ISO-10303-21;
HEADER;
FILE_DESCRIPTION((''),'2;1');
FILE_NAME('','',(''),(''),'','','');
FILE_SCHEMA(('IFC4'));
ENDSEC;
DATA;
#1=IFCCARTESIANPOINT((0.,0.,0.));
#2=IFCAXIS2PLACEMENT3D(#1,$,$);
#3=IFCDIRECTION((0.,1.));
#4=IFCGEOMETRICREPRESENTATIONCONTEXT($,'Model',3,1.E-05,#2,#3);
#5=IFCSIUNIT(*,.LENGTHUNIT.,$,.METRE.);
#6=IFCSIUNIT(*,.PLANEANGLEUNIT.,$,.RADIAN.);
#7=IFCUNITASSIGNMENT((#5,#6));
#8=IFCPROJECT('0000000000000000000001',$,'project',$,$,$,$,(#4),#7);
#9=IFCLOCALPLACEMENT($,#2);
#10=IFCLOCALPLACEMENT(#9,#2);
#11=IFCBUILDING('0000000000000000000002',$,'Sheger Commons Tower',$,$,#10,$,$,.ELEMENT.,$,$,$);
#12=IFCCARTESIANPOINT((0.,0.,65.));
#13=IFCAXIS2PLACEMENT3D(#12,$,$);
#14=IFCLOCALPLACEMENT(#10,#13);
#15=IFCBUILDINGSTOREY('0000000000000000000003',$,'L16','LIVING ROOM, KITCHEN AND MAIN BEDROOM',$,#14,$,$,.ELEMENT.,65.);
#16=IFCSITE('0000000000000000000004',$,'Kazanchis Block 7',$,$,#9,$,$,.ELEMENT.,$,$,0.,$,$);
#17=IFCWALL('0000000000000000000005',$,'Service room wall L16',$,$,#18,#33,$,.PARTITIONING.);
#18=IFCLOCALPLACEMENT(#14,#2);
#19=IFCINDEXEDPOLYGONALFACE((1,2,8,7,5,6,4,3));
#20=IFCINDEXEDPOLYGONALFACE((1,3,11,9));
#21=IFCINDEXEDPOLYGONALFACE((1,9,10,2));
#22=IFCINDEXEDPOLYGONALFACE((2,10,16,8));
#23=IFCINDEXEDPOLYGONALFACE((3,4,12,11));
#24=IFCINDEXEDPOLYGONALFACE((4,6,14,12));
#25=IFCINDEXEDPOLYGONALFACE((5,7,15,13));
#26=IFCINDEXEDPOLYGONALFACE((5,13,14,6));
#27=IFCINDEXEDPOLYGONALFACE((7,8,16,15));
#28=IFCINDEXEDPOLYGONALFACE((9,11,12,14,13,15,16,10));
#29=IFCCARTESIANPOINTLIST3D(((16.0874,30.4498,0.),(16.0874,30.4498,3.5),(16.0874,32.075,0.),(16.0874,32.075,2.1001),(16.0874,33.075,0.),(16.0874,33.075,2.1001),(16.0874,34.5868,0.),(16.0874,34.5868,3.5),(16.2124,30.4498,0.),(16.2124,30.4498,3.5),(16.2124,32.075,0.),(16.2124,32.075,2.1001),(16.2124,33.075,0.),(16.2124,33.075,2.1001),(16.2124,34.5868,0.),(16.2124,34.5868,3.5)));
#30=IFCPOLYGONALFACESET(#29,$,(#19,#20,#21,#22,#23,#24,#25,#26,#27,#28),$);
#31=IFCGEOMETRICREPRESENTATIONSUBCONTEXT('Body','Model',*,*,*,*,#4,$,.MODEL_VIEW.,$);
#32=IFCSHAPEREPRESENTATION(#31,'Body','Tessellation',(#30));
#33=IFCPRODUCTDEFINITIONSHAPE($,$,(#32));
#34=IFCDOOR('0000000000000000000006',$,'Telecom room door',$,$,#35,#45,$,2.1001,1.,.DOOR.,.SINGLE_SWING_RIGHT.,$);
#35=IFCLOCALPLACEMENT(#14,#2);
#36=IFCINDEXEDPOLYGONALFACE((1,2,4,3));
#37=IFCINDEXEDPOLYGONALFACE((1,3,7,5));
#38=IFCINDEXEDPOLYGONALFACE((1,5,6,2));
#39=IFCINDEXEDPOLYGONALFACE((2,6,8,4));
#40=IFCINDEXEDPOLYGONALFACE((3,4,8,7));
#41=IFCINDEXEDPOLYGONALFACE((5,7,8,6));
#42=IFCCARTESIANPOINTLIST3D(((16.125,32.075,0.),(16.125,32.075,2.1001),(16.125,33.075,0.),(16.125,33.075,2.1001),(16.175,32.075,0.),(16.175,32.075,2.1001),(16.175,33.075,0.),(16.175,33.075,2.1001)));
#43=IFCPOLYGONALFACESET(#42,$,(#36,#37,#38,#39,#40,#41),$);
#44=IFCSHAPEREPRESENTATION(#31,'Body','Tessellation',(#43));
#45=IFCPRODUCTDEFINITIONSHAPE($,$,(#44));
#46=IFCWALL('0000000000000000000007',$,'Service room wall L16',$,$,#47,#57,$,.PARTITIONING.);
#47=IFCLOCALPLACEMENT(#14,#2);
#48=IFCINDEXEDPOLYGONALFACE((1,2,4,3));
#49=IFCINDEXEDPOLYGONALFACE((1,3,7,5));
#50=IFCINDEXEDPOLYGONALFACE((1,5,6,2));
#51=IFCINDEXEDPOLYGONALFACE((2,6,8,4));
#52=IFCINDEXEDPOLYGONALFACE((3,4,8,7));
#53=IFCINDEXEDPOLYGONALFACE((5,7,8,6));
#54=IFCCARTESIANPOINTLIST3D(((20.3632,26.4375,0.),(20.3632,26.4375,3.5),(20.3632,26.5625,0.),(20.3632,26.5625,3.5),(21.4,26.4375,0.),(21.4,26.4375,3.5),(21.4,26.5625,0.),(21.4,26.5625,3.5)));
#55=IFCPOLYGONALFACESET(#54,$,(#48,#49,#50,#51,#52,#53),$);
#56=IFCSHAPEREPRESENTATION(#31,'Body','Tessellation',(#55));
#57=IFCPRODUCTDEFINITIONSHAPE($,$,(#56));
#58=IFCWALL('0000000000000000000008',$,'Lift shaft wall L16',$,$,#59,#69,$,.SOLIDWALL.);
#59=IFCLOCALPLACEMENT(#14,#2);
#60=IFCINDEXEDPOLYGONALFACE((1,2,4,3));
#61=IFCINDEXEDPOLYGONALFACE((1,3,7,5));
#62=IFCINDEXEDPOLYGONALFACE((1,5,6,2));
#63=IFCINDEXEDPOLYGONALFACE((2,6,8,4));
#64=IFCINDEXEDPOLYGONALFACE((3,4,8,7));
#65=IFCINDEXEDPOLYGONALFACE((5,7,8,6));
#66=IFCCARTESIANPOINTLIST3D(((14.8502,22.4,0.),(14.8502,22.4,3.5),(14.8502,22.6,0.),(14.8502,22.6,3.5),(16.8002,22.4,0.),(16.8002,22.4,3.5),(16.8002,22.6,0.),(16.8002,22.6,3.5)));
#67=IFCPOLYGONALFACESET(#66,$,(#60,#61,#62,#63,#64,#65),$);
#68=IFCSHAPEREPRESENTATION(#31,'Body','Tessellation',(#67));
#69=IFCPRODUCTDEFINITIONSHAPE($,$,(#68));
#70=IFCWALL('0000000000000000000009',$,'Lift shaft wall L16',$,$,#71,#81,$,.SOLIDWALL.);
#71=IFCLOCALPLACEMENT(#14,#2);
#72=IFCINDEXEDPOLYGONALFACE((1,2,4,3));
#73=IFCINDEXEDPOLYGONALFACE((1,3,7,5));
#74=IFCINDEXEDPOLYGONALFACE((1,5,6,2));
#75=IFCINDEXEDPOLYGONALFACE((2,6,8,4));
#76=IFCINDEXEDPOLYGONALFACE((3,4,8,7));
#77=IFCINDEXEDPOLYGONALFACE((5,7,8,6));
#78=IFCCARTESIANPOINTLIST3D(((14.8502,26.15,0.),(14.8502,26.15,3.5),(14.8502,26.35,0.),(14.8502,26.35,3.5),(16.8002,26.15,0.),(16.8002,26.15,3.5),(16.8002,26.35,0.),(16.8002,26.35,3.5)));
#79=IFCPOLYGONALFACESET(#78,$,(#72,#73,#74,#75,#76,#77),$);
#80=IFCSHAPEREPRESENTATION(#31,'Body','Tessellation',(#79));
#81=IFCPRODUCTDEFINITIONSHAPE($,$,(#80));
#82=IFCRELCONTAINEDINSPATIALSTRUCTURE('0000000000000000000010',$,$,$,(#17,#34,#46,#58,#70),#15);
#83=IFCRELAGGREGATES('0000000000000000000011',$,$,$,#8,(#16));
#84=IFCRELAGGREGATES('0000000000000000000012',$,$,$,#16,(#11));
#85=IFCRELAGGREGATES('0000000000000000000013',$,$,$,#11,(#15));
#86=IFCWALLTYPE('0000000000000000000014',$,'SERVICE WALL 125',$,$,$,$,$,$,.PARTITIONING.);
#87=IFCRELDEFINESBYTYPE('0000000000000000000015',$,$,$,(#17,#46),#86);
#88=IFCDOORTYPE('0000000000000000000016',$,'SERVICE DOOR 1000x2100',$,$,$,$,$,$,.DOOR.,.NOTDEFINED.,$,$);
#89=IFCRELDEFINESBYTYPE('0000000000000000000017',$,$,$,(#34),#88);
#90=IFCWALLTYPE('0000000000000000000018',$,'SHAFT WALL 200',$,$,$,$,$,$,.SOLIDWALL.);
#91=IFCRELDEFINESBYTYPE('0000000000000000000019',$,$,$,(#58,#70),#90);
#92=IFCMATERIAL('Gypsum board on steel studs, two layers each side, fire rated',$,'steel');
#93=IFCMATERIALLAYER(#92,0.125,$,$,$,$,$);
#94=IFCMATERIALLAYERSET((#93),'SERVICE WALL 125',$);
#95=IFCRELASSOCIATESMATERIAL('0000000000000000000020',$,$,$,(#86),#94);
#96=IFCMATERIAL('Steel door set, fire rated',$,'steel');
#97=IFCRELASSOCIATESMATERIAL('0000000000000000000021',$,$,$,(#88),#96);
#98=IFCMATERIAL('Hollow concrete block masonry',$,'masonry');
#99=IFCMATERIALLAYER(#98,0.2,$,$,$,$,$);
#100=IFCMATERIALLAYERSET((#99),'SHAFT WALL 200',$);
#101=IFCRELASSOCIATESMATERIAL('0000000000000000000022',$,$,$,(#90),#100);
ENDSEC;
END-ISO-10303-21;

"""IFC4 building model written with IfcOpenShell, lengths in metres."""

from ifc_helpers import new_model, si_unit, direction, frame, frame_2d, origin, place, context, subcontext, project, spatial, rectangle, extrude, material, layer, layer_set, type_object, element, fill, save


model = new_model("IFC4")

# Units and contexts
model_context = context("Model", 3, precision=1e-05, world=origin(), true_north=direction((0.0, 1.0)))
body_context = subcontext(model_context, "Body", "Model", "MODEL_VIEW")
ifc_project = project(units=[si_unit("LENGTHUNIT", "METRE"), si_unit("PLANEANGLEUNIT", "RADIAN")], contexts=[model_context])

# Site, building, storey
site_placement = place(None, origin())
site = spatial("IfcSite", under=ifc_project, at=site_placement, Name="Kazanchis Block 7", CompositionType="ELEMENT", RefElevation=0.0)
building_placement = place(site_placement, origin())
building = spatial("IfcBuilding", under=site, at=building_placement, Name="Sheger Commons Tower", CompositionType="ELEMENT")
storey_placement = place(building_placement, frame((0.0, 0.0, 65.0)))
storey = spatial("IfcBuildingStorey", under=building, at=storey_placement, Name="L16", Description="LIVING ROOM, KITCHEN AND MAIN BEDROOM", CompositionType="ELEMENT", Elevation=65.0)

# Shared definitions
ifc_material_1 = material(Name="Gypsum board on steel studs, two layers each side, fire rated", Category="steel")
ifc_layer_1 = layer(ifc_material_1, 0.125)
ifc_layer_set_1 = layer_set([ifc_layer_1], Name="SERVICE WALL 125")
wall_type_1 = type_object("IfcWallType", Name="SERVICE WALL 125", PredefinedType="PARTITIONING", material=ifc_layer_set_1)

# Wall, opening, door
wall_1_placement = place(storey_placement, frame((16.1499, 30.45, 0.0), z_axis=(0.0, 0.0, 1.0), x_axis=(0.0, 1.0, 0.0)))
wall_1 = element("IfcWall", 1, at=wall_1_placement, inside=storey, type_object=wall_type_1, Name="Service room wall L16", PredefinedType="PARTITIONING", context=body_context, shape_type="SweptSolid", body=[
    extrude(rectangle(XDim=4.137, YDim=0.125, at=frame_2d((2.0684, 0.0))), origin(), (0.0, 0.0, 1.0), 3.5),
])
opening_1_placement = place(wall_1_placement, frame((1.625, 0.0, 0.0)))
opening_1 = element("IfcOpeningElement", 2, at=opening_1_placement, cuts=wall_1, PredefinedType="OPENING", context=body_context, shape_type="SweptSolid", body=[
    extrude(rectangle(XDim=1.0, YDim=2.1001, at=frame_2d((0.5, 1.05))), frame((0.0, 0.0725, 0.0), z_axis=(0.0, -1.0, 0.0), x_axis=(1.0, 0.0, 0.0)), (0.0, 0.0, 1.0), 0.145),
])
ifc_material_2 = material(Name="Steel door set, fire rated", Category="steel")
door_type_1 = type_object("IfcDoorType", Name="SERVICE DOOR 1000x2100", OperationType="NOTDEFINED", PredefinedType="DOOR", material=ifc_material_2)
door_1_placement = place(opening_1_placement, origin())
door_1 = element("IfcDoor", 3, at=door_1_placement, inside=storey, type_object=door_type_1, Name="Telecom room door", OperationType="SINGLE_SWING_RIGHT", OverallHeight=2.1001, OverallWidth=1.0, PredefinedType="DOOR", context=body_context, shape_type="SweptSolid", body=[
    extrude(rectangle(XDim=1.0, YDim=2.1001, at=frame_2d((0.5, 1.05))), frame((0.0, 0.0249, 0.0), z_axis=(0.0, -1.0, 0.0), x_axis=(1.0, 0.0, 0.0)), (0.0, 0.0, 1.0), 0.05),
])
fill(opening_1, door_1)

# Walls
wall_2_placement = place(storey_placement, frame((20.363, 26.5, 0.0), z_axis=(0.0, 0.0, 1.0), x_axis=(1.0, 0.0, 0.0)))
element("IfcWall", 4, at=wall_2_placement, inside=storey, type_object=wall_type_1, Name="Service room wall L16", PredefinedType="PARTITIONING", context=body_context, shape_type="SweptSolid", body=[
    extrude(rectangle(XDim=1.0369, YDim=0.125, at=frame_2d((0.5186, 0.0))), origin(), (0.0, 0.0, 1.0), 3.5),
])
ifc_material_3 = material(Name="Hollow concrete block masonry", Category="masonry")
ifc_layer_2 = layer(ifc_material_3, 0.2)
ifc_layer_set_2 = layer_set([ifc_layer_2], Name="SHAFT WALL 200")
wall_type_2 = type_object("IfcWallType", Name="SHAFT WALL 200", PredefinedType="SOLIDWALL", material=ifc_layer_set_2)
for number, where, z_axis, x_axis, name in (
    (5, (14.8501, 22.5, 0.0), (0.0, 0.0, 1.0), (1.0, 0.0, 0.0), "Lift shaft wall L16"),
    (6, (14.8501, 26.25, 0.0), (0.0, 0.0, 1.0), (1.0, 0.0, 0.0), "Lift shaft wall L16"),
):
    element("IfcWall", number, at=place(storey_placement, frame(where, z_axis=z_axis, x_axis=x_axis)), inside=storey, type_object=wall_type_2, Name=name, PredefinedType="SOLIDWALL", context=body_context, shape_type="SweptSolid", body=[
        extrude(rectangle(XDim=1.95, YDim=0.2, at=frame_2d((0.9751, 0.0))), origin(), (0.0, 0.0, 1.0), 3.5),
    ])

save(model, "model.ifc")
